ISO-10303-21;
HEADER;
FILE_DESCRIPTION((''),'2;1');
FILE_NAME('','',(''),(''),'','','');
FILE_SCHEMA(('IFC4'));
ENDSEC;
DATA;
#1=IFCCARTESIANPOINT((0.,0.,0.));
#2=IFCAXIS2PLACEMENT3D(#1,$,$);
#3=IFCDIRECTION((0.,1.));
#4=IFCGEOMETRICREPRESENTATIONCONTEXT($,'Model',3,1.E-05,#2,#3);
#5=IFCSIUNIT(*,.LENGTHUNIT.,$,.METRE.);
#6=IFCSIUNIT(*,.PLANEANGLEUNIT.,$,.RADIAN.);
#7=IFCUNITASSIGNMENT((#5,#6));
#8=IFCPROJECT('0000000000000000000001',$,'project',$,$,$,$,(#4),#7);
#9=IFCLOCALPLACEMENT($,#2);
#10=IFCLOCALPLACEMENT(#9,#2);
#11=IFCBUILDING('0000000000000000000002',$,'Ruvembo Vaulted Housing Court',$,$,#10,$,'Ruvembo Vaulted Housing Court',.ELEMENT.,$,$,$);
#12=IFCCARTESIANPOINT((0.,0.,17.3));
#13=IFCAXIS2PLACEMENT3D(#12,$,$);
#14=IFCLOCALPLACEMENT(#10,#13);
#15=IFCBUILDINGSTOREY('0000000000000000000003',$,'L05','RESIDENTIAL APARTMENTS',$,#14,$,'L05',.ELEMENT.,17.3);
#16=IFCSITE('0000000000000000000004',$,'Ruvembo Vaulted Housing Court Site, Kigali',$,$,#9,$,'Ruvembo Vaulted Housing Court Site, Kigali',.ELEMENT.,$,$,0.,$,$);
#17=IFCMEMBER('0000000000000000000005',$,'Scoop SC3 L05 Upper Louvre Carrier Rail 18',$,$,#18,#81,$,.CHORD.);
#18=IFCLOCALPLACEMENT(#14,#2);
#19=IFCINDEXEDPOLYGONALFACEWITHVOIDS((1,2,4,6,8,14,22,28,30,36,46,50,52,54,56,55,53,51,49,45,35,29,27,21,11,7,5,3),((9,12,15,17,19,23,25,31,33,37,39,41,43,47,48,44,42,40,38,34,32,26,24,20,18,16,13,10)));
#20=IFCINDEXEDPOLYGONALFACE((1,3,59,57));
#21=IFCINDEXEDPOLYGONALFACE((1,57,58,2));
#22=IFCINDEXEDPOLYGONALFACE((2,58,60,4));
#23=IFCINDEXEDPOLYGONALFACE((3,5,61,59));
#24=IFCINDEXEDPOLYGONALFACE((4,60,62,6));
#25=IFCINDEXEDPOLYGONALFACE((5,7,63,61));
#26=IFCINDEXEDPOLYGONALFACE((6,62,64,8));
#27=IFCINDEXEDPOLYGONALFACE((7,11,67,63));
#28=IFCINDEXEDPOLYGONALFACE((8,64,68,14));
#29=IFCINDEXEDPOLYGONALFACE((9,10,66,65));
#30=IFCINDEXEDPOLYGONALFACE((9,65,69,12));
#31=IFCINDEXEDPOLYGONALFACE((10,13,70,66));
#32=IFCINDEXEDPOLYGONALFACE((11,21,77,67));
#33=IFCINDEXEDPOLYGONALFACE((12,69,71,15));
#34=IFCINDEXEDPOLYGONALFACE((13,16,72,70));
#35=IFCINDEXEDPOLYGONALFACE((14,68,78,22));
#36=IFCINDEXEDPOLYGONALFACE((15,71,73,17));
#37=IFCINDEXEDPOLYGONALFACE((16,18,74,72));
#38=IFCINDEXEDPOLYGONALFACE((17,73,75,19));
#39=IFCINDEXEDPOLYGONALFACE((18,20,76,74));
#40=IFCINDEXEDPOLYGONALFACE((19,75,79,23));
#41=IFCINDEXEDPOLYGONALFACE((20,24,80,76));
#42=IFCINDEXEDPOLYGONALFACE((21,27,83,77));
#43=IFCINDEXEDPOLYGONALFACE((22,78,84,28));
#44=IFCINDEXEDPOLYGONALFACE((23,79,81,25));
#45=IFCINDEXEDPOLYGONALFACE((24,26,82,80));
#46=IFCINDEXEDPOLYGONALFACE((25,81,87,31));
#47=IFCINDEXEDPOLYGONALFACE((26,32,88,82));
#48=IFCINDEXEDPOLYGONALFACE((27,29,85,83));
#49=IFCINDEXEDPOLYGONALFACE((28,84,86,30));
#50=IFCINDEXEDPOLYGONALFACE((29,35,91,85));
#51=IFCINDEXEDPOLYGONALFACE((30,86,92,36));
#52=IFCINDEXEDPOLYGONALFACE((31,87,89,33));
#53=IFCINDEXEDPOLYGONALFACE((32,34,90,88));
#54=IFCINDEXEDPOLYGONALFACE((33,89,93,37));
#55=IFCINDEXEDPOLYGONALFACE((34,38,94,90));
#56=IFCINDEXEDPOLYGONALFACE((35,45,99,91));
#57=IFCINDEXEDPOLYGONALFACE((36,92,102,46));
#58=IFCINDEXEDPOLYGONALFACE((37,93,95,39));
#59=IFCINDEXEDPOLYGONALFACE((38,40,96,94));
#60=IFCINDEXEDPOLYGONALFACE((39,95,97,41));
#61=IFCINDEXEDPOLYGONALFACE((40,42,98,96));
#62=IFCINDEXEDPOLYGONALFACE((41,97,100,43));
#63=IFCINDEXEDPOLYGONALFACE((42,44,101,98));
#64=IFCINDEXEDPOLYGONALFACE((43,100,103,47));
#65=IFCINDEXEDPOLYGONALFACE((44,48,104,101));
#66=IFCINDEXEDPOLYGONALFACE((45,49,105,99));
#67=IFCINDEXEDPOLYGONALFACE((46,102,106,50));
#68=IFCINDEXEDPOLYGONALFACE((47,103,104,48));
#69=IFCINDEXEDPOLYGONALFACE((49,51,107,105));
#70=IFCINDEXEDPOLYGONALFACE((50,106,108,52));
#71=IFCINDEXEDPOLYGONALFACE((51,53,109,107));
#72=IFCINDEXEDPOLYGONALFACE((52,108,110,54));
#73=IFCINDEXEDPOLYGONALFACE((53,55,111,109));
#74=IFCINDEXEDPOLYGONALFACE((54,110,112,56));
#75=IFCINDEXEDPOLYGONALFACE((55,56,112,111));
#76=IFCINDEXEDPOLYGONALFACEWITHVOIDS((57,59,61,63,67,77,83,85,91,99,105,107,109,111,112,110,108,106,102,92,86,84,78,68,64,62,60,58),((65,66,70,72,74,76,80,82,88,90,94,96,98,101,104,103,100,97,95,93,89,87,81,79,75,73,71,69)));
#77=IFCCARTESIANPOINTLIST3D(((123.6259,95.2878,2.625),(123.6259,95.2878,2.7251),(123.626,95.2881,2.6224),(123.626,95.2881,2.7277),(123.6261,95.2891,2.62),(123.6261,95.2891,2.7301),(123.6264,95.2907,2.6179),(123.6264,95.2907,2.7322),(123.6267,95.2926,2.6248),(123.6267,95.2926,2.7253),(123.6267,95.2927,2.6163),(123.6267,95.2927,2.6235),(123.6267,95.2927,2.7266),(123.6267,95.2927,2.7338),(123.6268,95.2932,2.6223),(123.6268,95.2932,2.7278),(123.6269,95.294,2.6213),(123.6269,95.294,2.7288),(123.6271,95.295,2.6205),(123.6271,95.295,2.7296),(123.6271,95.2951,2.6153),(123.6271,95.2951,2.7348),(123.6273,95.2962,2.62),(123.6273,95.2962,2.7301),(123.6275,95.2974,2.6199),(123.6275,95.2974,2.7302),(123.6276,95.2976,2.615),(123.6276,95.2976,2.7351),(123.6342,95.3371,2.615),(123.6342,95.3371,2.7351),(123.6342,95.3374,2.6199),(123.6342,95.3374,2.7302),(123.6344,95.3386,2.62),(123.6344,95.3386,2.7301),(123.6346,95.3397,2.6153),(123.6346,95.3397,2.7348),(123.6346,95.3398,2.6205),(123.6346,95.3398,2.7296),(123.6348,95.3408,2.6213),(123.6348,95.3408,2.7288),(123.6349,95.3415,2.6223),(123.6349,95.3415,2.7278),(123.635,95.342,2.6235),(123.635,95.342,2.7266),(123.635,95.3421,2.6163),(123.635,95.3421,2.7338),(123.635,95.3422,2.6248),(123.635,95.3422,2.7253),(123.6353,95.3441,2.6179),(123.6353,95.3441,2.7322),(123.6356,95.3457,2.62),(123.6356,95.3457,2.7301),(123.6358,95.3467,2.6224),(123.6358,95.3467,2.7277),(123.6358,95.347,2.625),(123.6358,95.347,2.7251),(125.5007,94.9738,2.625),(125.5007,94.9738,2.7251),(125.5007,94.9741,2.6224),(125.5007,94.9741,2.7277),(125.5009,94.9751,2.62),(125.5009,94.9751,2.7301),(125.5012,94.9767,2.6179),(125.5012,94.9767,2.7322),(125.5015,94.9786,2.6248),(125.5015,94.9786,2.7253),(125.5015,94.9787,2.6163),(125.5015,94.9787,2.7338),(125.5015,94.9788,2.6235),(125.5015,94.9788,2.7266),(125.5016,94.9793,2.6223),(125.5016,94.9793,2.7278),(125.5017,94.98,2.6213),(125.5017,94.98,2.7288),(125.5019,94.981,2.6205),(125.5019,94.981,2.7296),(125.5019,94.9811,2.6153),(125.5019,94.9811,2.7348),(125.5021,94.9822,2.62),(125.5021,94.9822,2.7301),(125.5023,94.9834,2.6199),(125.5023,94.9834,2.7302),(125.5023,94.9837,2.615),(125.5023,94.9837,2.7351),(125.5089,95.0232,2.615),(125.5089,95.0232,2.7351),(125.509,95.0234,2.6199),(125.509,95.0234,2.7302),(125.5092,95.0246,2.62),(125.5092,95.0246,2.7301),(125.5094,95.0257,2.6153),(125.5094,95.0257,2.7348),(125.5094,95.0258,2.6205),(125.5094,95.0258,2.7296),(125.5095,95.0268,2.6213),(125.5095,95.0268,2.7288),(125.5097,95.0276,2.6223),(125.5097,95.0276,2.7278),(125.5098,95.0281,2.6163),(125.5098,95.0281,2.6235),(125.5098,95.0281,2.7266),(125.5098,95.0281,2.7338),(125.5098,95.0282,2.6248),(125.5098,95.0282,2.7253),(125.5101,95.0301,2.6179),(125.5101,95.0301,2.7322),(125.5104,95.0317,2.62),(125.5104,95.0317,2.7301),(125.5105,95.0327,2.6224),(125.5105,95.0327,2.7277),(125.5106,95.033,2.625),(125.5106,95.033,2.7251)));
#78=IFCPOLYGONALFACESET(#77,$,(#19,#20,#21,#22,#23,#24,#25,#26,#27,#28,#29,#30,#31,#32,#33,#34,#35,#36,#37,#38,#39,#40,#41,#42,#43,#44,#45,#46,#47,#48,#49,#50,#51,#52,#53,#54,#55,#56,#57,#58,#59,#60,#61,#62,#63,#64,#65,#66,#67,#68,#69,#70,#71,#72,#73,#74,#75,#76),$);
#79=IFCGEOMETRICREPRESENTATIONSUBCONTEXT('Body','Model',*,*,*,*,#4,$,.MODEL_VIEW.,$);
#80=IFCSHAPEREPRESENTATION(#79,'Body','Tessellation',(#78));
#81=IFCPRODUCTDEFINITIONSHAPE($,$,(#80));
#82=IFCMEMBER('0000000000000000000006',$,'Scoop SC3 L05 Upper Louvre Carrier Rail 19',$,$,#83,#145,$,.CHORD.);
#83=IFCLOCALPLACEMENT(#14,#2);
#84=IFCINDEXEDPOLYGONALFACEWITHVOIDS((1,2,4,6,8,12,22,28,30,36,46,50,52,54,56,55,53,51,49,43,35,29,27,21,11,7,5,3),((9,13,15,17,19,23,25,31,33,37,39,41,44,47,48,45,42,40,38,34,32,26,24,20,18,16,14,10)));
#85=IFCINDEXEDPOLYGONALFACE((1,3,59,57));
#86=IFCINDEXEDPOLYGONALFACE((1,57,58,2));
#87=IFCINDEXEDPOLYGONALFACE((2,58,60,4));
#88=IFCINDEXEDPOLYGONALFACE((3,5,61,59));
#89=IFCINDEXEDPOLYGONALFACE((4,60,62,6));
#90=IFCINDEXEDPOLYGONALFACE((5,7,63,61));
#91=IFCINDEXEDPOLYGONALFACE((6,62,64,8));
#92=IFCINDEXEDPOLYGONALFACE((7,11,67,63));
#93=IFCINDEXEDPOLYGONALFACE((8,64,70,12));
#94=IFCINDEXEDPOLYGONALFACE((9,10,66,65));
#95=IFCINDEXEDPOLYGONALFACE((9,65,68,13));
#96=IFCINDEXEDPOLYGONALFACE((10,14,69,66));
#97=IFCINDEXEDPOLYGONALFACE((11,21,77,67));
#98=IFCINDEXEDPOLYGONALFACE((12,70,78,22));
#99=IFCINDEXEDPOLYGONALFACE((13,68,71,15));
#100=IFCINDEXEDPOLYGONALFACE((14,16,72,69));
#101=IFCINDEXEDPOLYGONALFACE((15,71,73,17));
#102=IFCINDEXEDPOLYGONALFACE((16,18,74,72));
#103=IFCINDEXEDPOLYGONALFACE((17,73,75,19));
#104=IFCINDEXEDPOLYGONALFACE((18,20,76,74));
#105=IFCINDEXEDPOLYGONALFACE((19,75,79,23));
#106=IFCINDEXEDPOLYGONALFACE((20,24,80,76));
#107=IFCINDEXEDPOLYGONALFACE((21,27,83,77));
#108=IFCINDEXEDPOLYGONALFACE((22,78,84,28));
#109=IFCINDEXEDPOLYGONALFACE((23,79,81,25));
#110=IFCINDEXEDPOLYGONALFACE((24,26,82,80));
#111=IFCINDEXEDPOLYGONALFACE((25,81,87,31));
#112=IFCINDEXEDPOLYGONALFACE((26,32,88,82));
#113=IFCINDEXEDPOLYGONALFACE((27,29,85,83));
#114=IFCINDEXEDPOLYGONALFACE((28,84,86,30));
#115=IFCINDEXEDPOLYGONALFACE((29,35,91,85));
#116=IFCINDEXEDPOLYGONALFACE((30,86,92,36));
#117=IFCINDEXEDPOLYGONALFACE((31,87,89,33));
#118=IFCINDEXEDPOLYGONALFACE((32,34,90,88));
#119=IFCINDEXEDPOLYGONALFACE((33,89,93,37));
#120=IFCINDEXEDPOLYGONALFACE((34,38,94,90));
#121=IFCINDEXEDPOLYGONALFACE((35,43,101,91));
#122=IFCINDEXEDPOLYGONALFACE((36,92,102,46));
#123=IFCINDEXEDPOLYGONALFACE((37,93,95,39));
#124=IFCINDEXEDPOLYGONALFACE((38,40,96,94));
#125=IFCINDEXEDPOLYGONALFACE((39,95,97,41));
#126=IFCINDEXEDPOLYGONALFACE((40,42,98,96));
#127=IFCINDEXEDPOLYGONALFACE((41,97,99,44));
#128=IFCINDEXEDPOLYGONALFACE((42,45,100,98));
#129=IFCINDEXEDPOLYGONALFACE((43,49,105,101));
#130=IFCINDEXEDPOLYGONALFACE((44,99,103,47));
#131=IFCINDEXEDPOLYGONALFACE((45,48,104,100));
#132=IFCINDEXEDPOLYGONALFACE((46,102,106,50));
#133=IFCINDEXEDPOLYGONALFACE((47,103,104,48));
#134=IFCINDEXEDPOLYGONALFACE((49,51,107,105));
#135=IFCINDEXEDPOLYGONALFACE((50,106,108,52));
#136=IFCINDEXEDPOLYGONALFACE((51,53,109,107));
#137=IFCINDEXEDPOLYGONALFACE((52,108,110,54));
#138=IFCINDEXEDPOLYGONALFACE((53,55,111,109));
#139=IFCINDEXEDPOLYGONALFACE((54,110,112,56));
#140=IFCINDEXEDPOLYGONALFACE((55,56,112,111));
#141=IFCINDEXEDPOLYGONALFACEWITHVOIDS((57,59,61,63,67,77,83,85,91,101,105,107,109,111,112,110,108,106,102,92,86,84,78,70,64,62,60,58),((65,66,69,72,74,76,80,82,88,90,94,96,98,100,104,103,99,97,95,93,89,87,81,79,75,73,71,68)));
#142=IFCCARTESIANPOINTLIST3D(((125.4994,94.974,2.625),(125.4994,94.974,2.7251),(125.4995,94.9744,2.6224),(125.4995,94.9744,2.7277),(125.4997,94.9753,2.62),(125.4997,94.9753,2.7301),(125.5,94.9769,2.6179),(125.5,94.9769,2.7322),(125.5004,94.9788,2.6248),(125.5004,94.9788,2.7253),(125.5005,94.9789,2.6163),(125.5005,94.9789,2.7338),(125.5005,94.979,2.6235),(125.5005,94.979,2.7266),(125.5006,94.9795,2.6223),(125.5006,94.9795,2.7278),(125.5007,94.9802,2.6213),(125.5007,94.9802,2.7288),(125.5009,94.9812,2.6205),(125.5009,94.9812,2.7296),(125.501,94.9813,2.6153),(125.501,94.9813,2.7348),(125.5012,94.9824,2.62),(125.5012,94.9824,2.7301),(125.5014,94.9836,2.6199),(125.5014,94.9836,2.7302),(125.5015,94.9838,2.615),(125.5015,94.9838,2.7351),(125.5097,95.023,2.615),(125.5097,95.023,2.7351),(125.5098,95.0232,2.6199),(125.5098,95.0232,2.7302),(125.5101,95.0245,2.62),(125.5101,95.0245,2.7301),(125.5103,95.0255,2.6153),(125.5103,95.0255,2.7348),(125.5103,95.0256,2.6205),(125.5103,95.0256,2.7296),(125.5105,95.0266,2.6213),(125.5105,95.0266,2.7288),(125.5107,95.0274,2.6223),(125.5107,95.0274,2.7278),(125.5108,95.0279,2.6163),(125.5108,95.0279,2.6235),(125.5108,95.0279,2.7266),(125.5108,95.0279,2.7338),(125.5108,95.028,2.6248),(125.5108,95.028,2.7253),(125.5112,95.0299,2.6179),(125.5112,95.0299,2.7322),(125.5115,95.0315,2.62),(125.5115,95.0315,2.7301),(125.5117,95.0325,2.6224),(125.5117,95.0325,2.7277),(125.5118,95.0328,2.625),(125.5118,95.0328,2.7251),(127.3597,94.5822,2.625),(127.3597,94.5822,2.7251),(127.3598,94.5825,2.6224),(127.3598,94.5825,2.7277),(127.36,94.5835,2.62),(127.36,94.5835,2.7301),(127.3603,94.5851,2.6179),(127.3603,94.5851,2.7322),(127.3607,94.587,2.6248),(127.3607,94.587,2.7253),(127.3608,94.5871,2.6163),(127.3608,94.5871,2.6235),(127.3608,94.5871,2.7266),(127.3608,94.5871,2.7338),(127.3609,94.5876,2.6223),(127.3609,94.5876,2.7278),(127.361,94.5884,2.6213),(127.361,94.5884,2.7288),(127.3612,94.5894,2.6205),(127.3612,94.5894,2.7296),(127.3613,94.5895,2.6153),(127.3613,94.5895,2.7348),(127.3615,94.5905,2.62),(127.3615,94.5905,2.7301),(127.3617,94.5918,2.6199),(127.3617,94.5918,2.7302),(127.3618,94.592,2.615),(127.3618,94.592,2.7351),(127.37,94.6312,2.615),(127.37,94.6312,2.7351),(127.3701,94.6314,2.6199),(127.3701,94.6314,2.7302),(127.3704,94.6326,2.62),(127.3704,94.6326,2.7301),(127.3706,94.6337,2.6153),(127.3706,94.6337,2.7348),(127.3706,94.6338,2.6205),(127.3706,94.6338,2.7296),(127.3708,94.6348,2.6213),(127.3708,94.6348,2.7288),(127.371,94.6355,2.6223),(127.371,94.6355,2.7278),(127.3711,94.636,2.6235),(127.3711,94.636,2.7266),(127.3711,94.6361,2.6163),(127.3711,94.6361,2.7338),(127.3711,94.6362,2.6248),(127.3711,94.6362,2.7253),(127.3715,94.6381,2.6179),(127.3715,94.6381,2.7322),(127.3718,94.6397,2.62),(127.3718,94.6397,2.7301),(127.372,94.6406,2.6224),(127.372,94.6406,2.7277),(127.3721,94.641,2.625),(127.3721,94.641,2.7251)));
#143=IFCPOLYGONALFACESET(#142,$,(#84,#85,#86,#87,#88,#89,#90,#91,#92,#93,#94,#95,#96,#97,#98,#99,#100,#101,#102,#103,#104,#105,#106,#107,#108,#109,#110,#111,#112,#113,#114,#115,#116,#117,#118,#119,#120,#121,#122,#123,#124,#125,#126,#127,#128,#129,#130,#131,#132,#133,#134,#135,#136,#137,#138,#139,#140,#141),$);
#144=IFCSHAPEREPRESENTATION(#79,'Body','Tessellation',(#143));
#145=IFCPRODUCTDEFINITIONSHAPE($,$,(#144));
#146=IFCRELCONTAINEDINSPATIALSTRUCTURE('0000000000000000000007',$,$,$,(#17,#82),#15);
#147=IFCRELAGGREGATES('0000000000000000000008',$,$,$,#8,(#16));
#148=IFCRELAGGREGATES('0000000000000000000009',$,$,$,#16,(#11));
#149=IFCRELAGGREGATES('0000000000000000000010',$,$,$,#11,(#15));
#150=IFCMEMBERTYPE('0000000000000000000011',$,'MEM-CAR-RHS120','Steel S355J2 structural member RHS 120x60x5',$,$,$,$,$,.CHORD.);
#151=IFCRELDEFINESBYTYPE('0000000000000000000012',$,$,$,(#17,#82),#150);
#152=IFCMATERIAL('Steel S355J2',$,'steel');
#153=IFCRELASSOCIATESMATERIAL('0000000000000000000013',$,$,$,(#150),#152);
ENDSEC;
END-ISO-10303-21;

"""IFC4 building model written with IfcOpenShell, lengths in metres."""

from ifc_helpers import new_model, si_unit, direction, frame, origin, origin_2d, place, context, subcontext, project, spatial, hollow_rectangle, extrude, material, material_profile, profile_set, type_object, element, save


model = new_model("IFC4")

# Units and contexts
model_context = context("Model", 3, precision=1e-05, world=origin(), true_north=direction((0.0, 1.0)))
body_context = subcontext(model_context, "Body", "Model", "MODEL_VIEW")
ifc_project = project(units=[si_unit("LENGTHUNIT", "METRE"), si_unit("PLANEANGLEUNIT", "RADIAN")], contexts=[model_context])

# Site, building, storey
site_placement = place(None, origin())
site = spatial("IfcSite", under=ifc_project, at=site_placement, Name="Ruvembo Vaulted Housing Court Site, Kigali", LongName="Ruvembo Vaulted Housing Court Site, Kigali", CompositionType="ELEMENT", RefElevation=0.0)
building_placement = place(site_placement, origin())
building = spatial("IfcBuilding", under=site, at=building_placement, Name="Ruvembo Vaulted Housing Court", LongName="Ruvembo Vaulted Housing Court", CompositionType="ELEMENT")
storey_placement = place(building_placement, frame((0.0, 0.0, 17.3)))
storey = spatial("IfcBuildingStorey", under=building, at=storey_placement, Name="L05", Description="RESIDENTIAL APARTMENTS", LongName="L05", CompositionType="ELEMENT", Elevation=17.3)

# Shared definitions
ifc_material_1 = material(Name="Steel S355J2", Category="steel")

# Members
ifc_material_profile_1 = material_profile(ifc_material_1, hollow_rectangle(XDim=0.0601, YDim=0.1201, WallThickness=0.0049, InnerFilletRadius=0.0049, OuterFilletRadius=0.01, at=origin_2d()), Name="RHS 120x60x5")
ifc_profile_set_1 = profile_set([ifc_material_profile_1], Name="Steel S355J2")
member_type_1 = type_object("IfcMemberType", Name="MEM-CAR-RHS120", Description="Steel S355J2 structural member RHS 120x60x5", PredefinedType="CHORD", material=ifc_profile_set_1)
member_1_placement = place(storey_placement, frame((123.6309, 95.3174, 2.675), z_axis=(0.986265, -0.16517, 0.0), x_axis=(0.16517, 0.986265, 0.0)))
element("IfcMember", 1, at=member_1_placement, inside=storey, type_object=member_type_1, Name="Scoop SC3 L05 Upper Louvre Carrier Rail 18", PredefinedType="CHORD", context=body_context, shape_type="SweptSolid", body=[
    extrude(hollow_rectangle(XDim=0.0601, YDim=0.1201, WallThickness=0.0049, InnerFilletRadius=0.0049, OuterFilletRadius=0.01, at=origin_2d()), origin(), (0.0, 0.0, 1.0), 1.9009),
])
member_2_placement = place(storey_placement, frame((125.5056, 95.0034, 2.675), z_axis=(0.978529, -0.206108, 0.0), x_axis=(0.206108, 0.978529, 0.0)))
element("IfcMember", 2, at=member_2_placement, inside=storey, type_object=member_type_1, Name="Scoop SC3 L05 Upper Louvre Carrier Rail 19", PredefinedType="CHORD", context=body_context, shape_type="SweptSolid", body=[
    extrude(hollow_rectangle(XDim=0.0601, YDim=0.1201, WallThickness=0.0049, InnerFilletRadius=0.0049, OuterFilletRadius=0.01, at=origin_2d()), origin(), (0.0, 0.0, 1.0), 1.9011),
])

save(model, "model.ifc")
